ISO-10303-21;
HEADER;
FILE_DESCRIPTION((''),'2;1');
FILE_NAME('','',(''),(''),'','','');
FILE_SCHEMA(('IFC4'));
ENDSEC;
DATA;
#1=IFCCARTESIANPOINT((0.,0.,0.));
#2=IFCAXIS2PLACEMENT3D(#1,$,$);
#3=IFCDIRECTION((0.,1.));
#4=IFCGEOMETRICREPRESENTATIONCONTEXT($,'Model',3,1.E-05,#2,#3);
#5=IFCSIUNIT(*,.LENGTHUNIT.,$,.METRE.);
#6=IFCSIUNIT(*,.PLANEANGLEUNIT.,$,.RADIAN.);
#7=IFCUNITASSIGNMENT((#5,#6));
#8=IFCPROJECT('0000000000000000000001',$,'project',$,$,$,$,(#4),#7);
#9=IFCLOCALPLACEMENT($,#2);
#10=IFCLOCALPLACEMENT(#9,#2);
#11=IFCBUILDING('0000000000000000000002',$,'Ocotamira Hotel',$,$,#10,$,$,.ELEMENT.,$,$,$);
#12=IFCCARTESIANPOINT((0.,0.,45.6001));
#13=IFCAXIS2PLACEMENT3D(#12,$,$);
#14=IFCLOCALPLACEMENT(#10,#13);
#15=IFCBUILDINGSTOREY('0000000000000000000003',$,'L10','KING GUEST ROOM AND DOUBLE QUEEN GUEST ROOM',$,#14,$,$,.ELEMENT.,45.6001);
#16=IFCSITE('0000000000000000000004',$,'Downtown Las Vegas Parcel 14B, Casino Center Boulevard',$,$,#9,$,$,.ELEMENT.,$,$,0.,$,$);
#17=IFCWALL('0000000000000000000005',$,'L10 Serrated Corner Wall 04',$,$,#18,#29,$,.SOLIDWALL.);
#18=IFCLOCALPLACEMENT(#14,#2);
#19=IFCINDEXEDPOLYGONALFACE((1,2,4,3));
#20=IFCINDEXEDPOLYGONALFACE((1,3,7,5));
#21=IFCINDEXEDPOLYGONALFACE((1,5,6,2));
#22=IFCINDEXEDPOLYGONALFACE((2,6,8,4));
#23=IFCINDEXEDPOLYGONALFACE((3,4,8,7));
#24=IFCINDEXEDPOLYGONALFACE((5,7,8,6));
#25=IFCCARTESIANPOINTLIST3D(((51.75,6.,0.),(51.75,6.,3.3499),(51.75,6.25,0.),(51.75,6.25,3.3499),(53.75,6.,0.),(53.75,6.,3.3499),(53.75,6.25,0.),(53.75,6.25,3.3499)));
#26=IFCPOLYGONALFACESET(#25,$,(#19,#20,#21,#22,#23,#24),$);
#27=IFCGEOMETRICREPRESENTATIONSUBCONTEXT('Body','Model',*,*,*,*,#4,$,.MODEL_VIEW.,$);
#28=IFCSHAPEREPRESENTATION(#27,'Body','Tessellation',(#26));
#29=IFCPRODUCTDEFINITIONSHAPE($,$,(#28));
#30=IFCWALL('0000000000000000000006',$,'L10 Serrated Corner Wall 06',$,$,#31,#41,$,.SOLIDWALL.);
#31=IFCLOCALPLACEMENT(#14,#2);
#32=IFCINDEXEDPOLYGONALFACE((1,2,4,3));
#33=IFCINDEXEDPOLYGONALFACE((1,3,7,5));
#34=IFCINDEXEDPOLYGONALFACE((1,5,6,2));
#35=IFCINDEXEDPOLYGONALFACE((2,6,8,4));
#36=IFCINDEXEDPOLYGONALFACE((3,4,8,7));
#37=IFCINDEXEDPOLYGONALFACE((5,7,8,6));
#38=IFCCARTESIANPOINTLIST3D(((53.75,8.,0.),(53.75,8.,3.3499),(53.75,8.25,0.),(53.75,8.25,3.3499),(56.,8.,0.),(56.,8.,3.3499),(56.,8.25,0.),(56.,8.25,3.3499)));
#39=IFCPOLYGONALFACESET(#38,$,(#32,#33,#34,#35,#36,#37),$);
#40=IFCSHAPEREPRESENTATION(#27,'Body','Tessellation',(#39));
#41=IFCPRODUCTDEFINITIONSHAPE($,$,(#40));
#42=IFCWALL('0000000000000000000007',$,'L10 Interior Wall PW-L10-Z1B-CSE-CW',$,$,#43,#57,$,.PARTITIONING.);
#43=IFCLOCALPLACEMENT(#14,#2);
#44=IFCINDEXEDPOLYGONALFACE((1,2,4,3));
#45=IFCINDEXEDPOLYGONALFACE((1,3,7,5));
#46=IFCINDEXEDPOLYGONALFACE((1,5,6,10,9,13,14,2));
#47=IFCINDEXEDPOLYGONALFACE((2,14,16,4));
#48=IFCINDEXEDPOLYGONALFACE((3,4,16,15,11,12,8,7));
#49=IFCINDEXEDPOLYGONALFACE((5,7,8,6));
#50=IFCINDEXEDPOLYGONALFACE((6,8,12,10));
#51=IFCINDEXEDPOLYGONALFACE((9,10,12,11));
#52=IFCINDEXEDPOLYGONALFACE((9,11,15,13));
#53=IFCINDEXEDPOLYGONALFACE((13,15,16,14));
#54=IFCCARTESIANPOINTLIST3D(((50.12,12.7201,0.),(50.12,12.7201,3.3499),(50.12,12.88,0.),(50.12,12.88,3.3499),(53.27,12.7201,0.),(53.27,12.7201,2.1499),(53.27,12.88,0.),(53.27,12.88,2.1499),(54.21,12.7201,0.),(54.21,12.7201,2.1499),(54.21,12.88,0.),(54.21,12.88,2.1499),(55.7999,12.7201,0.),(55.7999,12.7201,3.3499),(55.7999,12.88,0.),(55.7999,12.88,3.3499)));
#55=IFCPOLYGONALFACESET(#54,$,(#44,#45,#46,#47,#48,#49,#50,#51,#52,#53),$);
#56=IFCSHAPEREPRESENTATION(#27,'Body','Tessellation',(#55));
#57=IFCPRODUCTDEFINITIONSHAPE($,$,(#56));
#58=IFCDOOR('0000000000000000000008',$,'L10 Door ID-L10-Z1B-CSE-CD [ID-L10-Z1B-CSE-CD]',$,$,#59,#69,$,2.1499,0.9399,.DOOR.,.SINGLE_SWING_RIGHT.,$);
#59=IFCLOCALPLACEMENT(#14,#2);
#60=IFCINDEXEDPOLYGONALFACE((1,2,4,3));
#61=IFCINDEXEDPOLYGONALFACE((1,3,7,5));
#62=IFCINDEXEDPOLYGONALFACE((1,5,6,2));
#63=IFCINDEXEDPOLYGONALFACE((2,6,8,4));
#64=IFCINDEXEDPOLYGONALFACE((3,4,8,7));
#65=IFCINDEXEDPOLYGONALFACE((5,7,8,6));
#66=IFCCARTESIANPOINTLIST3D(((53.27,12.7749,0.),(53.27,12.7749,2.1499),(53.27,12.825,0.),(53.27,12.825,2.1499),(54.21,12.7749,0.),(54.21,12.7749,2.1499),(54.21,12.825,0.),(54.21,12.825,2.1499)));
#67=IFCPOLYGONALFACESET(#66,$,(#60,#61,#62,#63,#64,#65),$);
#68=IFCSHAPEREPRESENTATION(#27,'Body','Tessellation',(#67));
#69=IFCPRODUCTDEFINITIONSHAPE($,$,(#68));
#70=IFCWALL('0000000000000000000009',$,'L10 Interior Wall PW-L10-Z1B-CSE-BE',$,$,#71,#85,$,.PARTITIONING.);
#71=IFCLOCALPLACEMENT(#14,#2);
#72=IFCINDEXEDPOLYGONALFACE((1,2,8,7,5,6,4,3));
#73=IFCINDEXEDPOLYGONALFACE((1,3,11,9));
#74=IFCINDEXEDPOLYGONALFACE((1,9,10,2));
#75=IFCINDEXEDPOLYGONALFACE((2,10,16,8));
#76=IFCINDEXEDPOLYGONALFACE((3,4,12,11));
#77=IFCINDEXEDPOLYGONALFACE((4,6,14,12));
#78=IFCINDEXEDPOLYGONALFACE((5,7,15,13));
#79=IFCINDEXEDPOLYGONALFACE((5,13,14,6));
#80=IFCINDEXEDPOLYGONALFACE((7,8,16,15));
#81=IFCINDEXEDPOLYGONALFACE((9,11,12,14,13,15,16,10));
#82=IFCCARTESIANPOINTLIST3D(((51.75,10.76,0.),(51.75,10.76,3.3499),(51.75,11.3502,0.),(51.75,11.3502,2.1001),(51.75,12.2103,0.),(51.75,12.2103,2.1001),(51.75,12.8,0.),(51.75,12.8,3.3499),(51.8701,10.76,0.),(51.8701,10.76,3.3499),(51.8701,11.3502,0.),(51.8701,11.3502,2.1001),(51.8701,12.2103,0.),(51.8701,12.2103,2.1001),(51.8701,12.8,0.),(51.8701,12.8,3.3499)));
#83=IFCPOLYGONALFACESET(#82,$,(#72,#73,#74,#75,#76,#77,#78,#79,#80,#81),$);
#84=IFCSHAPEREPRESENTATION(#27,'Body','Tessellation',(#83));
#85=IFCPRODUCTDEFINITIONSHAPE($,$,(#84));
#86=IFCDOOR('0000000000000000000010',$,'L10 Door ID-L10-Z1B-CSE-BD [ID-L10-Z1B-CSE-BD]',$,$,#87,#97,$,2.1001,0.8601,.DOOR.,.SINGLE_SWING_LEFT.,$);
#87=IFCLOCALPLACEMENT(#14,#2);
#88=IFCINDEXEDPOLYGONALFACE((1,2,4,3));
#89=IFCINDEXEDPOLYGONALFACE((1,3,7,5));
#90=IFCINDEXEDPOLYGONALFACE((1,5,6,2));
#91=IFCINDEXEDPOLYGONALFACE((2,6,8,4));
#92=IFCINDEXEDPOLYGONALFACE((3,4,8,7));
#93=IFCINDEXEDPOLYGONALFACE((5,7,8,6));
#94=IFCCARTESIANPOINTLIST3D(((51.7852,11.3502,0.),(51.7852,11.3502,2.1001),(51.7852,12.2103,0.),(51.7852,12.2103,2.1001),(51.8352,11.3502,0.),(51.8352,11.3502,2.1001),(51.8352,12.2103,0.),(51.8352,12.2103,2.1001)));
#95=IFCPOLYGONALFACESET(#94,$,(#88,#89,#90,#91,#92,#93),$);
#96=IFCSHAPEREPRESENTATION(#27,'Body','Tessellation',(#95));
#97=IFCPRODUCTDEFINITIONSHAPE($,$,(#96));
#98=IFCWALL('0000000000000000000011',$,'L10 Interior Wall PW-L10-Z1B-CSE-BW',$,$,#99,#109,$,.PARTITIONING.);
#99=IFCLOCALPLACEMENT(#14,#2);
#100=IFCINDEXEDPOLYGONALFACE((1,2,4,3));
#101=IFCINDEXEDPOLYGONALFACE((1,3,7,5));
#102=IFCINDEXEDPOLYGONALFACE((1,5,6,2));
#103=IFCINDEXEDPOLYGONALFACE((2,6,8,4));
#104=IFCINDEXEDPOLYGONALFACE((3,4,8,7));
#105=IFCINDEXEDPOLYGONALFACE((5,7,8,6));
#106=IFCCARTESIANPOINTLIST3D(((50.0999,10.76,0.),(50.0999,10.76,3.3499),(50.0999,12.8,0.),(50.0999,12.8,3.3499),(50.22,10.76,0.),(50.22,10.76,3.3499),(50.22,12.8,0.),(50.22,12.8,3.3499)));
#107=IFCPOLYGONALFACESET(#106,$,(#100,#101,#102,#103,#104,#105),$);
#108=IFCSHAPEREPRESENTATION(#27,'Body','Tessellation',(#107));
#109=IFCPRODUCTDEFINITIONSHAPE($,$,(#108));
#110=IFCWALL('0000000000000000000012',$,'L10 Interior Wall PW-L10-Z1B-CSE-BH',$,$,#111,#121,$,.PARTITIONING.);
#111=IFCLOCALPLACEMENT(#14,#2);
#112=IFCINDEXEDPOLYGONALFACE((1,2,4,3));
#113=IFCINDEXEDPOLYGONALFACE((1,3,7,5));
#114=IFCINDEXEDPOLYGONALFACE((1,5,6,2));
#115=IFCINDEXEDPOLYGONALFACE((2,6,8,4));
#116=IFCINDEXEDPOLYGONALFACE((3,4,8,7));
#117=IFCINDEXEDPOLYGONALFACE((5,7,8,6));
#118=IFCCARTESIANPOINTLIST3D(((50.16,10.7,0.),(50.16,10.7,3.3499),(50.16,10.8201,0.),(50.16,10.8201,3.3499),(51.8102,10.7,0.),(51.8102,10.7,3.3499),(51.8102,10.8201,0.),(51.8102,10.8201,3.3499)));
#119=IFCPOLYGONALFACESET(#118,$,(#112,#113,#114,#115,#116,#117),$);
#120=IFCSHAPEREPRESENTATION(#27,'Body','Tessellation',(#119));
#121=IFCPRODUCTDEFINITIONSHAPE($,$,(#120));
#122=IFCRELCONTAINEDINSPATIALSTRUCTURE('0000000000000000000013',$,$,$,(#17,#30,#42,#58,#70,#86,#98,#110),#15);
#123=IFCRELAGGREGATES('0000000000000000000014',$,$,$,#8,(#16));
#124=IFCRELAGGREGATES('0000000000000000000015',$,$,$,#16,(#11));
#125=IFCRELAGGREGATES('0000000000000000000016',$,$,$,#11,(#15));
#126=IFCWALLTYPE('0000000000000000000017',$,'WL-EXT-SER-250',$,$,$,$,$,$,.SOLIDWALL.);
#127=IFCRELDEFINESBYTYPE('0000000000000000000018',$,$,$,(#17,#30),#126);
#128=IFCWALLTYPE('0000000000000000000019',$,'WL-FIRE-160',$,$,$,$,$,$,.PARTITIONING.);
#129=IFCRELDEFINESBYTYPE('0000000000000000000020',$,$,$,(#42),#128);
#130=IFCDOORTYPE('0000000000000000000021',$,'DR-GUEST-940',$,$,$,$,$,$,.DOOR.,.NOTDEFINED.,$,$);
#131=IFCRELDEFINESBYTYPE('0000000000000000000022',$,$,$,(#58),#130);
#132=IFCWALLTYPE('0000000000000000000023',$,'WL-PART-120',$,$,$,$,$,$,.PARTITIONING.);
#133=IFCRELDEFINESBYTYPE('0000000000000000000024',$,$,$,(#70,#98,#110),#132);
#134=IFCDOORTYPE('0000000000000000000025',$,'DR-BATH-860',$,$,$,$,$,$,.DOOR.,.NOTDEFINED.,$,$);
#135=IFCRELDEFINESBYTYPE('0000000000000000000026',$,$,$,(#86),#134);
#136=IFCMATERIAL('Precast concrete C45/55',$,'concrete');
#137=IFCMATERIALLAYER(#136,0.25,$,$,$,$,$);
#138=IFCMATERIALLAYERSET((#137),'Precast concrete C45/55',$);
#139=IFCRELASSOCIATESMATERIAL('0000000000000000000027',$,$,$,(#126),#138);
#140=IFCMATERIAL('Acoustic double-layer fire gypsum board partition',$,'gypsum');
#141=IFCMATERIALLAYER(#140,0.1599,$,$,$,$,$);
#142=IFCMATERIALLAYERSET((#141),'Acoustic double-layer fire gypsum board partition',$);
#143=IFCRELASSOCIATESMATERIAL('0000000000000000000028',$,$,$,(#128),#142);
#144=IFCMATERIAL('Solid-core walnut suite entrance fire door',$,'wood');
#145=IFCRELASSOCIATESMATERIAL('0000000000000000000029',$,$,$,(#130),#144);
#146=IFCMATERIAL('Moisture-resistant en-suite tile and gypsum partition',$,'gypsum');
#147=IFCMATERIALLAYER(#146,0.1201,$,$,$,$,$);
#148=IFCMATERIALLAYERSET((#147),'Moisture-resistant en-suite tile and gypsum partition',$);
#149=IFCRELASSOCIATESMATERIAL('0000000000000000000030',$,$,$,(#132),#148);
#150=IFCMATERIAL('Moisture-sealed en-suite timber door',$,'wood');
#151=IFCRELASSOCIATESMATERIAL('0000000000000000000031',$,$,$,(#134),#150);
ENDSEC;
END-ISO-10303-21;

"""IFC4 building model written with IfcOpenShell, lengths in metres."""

from ifc_helpers import new_model, si_unit, direction, frame, frame_2d, origin, place, context, subcontext, project, spatial, rectangle, extrude, source, transform, mapped, material, layer, layer_set, type_object, element, fill, save


model = new_model("IFC4")

# Units and contexts
model_context = context("Model", 3, precision=1e-05, world=origin(), true_north=direction((0.0, 1.0)))
body_context = subcontext(model_context, "Body", "Model", "MODEL_VIEW")
ifc_project = project(units=[si_unit("LENGTHUNIT", "METRE"), si_unit("PLANEANGLEUNIT", "RADIAN")], contexts=[model_context])

# Site, building, storey
site_placement = place(None, origin())
site = spatial("IfcSite", under=ifc_project, at=site_placement, Name="Downtown Las Vegas Parcel 14B, Casino Center Boulevard", CompositionType="ELEMENT", RefElevation=0.0)
building_placement = place(site_placement, origin())
building = spatial("IfcBuilding", under=site, at=building_placement, Name="Ocotamira Hotel", CompositionType="ELEMENT")
storey_placement = place(building_placement, frame((0.0, 0.0, 45.6001)))
storey = spatial("IfcBuildingStorey", under=building, at=storey_placement, Name="L10", Description="KING GUEST ROOM AND DOUBLE QUEEN GUEST ROOM", CompositionType="ELEMENT", Elevation=45.6001)

# Walls
ifc_material_1 = material(Name="Precast concrete C45/55", Category="concrete")
ifc_layer_1 = layer(ifc_material_1, 0.25)
ifc_layer_set_1 = layer_set([ifc_layer_1], Name="Precast concrete C45/55")
wall_type_1 = type_object("IfcWallType", Name="WL-EXT-SER-250", PredefinedType="SOLIDWALL", material=ifc_layer_set_1)
wall_1_placement = place(storey_placement, frame((51.75, 6.125, 0.0), z_axis=(0.0, 0.0, 1.0), x_axis=(1.0, 0.0, 0.0)))
element("IfcWall", 1, at=wall_1_placement, inside=storey, type_object=wall_type_1, Name="L10 Serrated Corner Wall 04", PredefinedType="SOLIDWALL", context=body_context, shape_type="SweptSolid", body=[
    extrude(rectangle(XDim=2.0, YDim=0.25, at=frame_2d((1.0, 0.0))), origin(), (0.0, 0.0, 1.0), 3.3499),
])
wall_2_placement = place(storey_placement, frame((53.75, 8.125, 0.0), z_axis=(0.0, 0.0, 1.0), x_axis=(1.0, 0.0, 0.0)))
element("IfcWall", 2, at=wall_2_placement, inside=storey, type_object=wall_type_1, Name="L10 Serrated Corner Wall 06", PredefinedType="SOLIDWALL", context=body_context, shape_type="SweptSolid", body=[
    extrude(rectangle(XDim=2.25, YDim=0.25, at=frame_2d((1.125, 0.0))), origin(), (0.0, 0.0, 1.0), 3.3499),
])

# Walls, openings, doors
ifc_material_2 = material(Name="Acoustic double-layer fire gypsum board partition", Category="gypsum")
ifc_layer_2 = layer(ifc_material_2, 0.1599)
ifc_layer_set_2 = layer_set([ifc_layer_2], Name="Acoustic double-layer fire gypsum board partition")
wall_type_2 = type_object("IfcWallType", Name="WL-FIRE-160", PredefinedType="PARTITIONING", material=ifc_layer_set_2)
wall_3_placement = place(storey_placement, frame((50.1201, 12.8, 0.0), z_axis=(0.0, 0.0, 1.0), x_axis=(1.0, 0.0, 0.0)))
wall_3 = element("IfcWall", 3, at=wall_3_placement, inside=storey, type_object=wall_type_2, Name="L10 Interior Wall PW-L10-Z1B-CSE-CW", PredefinedType="PARTITIONING", context=body_context, shape_type="SweptSolid", body=[
    extrude(rectangle(XDim=5.6799, YDim=0.1599, at=frame_2d((2.8398, 0.0))), origin(), (0.0, 0.0, 1.0), 3.3499),
])
opening_1_placement = place(wall_3_placement, frame((3.1499, 0.0, 0.0)))
opening_1 = element("IfcOpeningElement", 4, at=opening_1_placement, cuts=wall_3, PredefinedType="OPENING", context=body_context, shape_type="SweptSolid", body=[
    extrude(rectangle(XDim=0.9399, YDim=2.1499, at=frame_2d((0.47, 1.075))), frame((0.0, 0.0898, 0.0), z_axis=(0.0, -1.0, 0.0), x_axis=(1.0, 0.0, 0.0)), (0.0, 0.0, 1.0), 0.1799),
])
ifc_material_3 = material(Name="Solid-core walnut suite entrance fire door", Category="wood")
door_type_1 = type_object("IfcDoorType", Name="DR-GUEST-940", OperationType="NOTDEFINED", PredefinedType="DOOR", material=ifc_material_3)
shared_shape_1 = source(origin(), body_context, "Body", "SweptSolid", [
    extrude(rectangle(XDim=0.9399, YDim=2.1499, at=frame_2d((0.47, 1.075))), frame((0.0, 0.0249, 0.0), z_axis=(0.0, -1.0, 0.0), x_axis=(1.0, 0.0, 0.0)), (0.0, 0.0, 1.0), 0.05),
])
door_1_placement = place(opening_1_placement, origin())
door_1 = element("IfcDoor", 5, at=door_1_placement, inside=storey, type_object=door_type_1, Name="L10 Door ID-L10-Z1B-CSE-CD [ID-L10-Z1B-CSE-CD]", OperationType="SINGLE_SWING_RIGHT", OverallHeight=2.1499, OverallWidth=0.9399, PredefinedType="DOOR", context=body_context, shape_type="MappedRepresentation", body=[
    mapped(shared_shape_1, transform((0.0, 0.0, 0.0), scale=1.0)),
])
fill(opening_1, door_1)
ifc_material_4 = material(Name="Moisture-resistant en-suite tile and gypsum partition", Category="gypsum")
ifc_layer_3 = layer(ifc_material_4, 0.1201)
ifc_layer_set_3 = layer_set([ifc_layer_3], Name="Moisture-resistant en-suite tile and gypsum partition")
wall_type_3 = type_object("IfcWallType", Name="WL-PART-120", PredefinedType="PARTITIONING", material=ifc_layer_set_3)
wall_4_placement = place(storey_placement, frame((51.8101, 10.76, 0.0), z_axis=(0.0, 0.0, 1.0), x_axis=(0.0, 1.0, 0.0)))
wall_4 = element("IfcWall", 6, at=wall_4_placement, inside=storey, type_object=wall_type_3, Name="L10 Interior Wall PW-L10-Z1B-CSE-BE", PredefinedType="PARTITIONING", context=body_context, shape_type="SweptSolid", body=[
    extrude(rectangle(XDim=2.04, YDim=0.1201, at=frame_2d((1.02, 0.0))), origin(), (0.0, 0.0, 1.0), 3.3499),
])
opening_2_placement = place(wall_4_placement, frame((0.5901, 0.0, 0.0)))
opening_2 = element("IfcOpeningElement", 7, at=opening_2_placement, cuts=wall_4, PredefinedType="OPENING", context=body_context, shape_type="SweptSolid", body=[
    extrude(rectangle(XDim=0.8601, YDim=2.1001, at=frame_2d((0.4302, 1.05))), frame((0.0, 0.0701, 0.0), z_axis=(0.0, -1.0, 0.0), x_axis=(1.0, 0.0, 0.0)), (0.0, 0.0, 1.0), 0.1401),
])
ifc_material_5 = material(Name="Moisture-sealed en-suite timber door", Category="wood")
door_type_2 = type_object("IfcDoorType", Name="DR-BATH-860", OperationType="NOTDEFINED", PredefinedType="DOOR", material=ifc_material_5)
shared_shape_2 = source(origin(), body_context, "Body", "SweptSolid", [
    extrude(rectangle(XDim=0.8601, YDim=2.1001, at=frame_2d((0.4302, 1.05))), frame((0.0, 0.0249, 0.0), z_axis=(0.0, -1.0, 0.0), x_axis=(1.0, 0.0, 0.0)), (0.0, 0.0, 1.0), 0.05),
])
door_2_placement = place(opening_2_placement, origin())
door_2 = element("IfcDoor", 8, at=door_2_placement, inside=storey, type_object=door_type_2, Name="L10 Door ID-L10-Z1B-CSE-BD [ID-L10-Z1B-CSE-BD]", OperationType="SINGLE_SWING_LEFT", OverallHeight=2.1001, OverallWidth=0.8601, PredefinedType="DOOR", context=body_context, shape_type="MappedRepresentation", body=[
    mapped(shared_shape_2, transform((0.0, 0.0, 0.0), scale=1.0)),
])
fill(opening_2, door_2)

# Walls
wall_5_placement = place(storey_placement, frame((50.1599, 10.76, 0.0), z_axis=(0.0, 0.0, 1.0), x_axis=(0.0, 1.0, 0.0)))
element("IfcWall", 9, at=wall_5_placement, inside=storey, type_object=wall_type_3, Name="L10 Interior Wall PW-L10-Z1B-CSE-BW", PredefinedType="PARTITIONING", context=body_context, shape_type="SweptSolid", body=[
    extrude(rectangle(XDim=2.04, YDim=0.1201, at=frame_2d((1.02, 0.0))), origin(), (0.0, 0.0, 1.0), 3.3499),
])
wall_6_placement = place(storey_placement, frame((50.1599, 10.76, 0.0), z_axis=(0.0, 0.0, 1.0), x_axis=(1.0, 0.0, 0.0)))
element("IfcWall", 10, at=wall_6_placement, inside=storey, type_object=wall_type_3, Name="L10 Interior Wall PW-L10-Z1B-CSE-BH", PredefinedType="PARTITIONING", context=body_context, shape_type="SweptSolid", body=[
    extrude(rectangle(XDim=1.6501, YDim=0.1201, at=frame_2d((0.8252, 0.0))), origin(), (0.0, 0.0, 1.0), 3.3499),
])

save(model, "model.ifc")
